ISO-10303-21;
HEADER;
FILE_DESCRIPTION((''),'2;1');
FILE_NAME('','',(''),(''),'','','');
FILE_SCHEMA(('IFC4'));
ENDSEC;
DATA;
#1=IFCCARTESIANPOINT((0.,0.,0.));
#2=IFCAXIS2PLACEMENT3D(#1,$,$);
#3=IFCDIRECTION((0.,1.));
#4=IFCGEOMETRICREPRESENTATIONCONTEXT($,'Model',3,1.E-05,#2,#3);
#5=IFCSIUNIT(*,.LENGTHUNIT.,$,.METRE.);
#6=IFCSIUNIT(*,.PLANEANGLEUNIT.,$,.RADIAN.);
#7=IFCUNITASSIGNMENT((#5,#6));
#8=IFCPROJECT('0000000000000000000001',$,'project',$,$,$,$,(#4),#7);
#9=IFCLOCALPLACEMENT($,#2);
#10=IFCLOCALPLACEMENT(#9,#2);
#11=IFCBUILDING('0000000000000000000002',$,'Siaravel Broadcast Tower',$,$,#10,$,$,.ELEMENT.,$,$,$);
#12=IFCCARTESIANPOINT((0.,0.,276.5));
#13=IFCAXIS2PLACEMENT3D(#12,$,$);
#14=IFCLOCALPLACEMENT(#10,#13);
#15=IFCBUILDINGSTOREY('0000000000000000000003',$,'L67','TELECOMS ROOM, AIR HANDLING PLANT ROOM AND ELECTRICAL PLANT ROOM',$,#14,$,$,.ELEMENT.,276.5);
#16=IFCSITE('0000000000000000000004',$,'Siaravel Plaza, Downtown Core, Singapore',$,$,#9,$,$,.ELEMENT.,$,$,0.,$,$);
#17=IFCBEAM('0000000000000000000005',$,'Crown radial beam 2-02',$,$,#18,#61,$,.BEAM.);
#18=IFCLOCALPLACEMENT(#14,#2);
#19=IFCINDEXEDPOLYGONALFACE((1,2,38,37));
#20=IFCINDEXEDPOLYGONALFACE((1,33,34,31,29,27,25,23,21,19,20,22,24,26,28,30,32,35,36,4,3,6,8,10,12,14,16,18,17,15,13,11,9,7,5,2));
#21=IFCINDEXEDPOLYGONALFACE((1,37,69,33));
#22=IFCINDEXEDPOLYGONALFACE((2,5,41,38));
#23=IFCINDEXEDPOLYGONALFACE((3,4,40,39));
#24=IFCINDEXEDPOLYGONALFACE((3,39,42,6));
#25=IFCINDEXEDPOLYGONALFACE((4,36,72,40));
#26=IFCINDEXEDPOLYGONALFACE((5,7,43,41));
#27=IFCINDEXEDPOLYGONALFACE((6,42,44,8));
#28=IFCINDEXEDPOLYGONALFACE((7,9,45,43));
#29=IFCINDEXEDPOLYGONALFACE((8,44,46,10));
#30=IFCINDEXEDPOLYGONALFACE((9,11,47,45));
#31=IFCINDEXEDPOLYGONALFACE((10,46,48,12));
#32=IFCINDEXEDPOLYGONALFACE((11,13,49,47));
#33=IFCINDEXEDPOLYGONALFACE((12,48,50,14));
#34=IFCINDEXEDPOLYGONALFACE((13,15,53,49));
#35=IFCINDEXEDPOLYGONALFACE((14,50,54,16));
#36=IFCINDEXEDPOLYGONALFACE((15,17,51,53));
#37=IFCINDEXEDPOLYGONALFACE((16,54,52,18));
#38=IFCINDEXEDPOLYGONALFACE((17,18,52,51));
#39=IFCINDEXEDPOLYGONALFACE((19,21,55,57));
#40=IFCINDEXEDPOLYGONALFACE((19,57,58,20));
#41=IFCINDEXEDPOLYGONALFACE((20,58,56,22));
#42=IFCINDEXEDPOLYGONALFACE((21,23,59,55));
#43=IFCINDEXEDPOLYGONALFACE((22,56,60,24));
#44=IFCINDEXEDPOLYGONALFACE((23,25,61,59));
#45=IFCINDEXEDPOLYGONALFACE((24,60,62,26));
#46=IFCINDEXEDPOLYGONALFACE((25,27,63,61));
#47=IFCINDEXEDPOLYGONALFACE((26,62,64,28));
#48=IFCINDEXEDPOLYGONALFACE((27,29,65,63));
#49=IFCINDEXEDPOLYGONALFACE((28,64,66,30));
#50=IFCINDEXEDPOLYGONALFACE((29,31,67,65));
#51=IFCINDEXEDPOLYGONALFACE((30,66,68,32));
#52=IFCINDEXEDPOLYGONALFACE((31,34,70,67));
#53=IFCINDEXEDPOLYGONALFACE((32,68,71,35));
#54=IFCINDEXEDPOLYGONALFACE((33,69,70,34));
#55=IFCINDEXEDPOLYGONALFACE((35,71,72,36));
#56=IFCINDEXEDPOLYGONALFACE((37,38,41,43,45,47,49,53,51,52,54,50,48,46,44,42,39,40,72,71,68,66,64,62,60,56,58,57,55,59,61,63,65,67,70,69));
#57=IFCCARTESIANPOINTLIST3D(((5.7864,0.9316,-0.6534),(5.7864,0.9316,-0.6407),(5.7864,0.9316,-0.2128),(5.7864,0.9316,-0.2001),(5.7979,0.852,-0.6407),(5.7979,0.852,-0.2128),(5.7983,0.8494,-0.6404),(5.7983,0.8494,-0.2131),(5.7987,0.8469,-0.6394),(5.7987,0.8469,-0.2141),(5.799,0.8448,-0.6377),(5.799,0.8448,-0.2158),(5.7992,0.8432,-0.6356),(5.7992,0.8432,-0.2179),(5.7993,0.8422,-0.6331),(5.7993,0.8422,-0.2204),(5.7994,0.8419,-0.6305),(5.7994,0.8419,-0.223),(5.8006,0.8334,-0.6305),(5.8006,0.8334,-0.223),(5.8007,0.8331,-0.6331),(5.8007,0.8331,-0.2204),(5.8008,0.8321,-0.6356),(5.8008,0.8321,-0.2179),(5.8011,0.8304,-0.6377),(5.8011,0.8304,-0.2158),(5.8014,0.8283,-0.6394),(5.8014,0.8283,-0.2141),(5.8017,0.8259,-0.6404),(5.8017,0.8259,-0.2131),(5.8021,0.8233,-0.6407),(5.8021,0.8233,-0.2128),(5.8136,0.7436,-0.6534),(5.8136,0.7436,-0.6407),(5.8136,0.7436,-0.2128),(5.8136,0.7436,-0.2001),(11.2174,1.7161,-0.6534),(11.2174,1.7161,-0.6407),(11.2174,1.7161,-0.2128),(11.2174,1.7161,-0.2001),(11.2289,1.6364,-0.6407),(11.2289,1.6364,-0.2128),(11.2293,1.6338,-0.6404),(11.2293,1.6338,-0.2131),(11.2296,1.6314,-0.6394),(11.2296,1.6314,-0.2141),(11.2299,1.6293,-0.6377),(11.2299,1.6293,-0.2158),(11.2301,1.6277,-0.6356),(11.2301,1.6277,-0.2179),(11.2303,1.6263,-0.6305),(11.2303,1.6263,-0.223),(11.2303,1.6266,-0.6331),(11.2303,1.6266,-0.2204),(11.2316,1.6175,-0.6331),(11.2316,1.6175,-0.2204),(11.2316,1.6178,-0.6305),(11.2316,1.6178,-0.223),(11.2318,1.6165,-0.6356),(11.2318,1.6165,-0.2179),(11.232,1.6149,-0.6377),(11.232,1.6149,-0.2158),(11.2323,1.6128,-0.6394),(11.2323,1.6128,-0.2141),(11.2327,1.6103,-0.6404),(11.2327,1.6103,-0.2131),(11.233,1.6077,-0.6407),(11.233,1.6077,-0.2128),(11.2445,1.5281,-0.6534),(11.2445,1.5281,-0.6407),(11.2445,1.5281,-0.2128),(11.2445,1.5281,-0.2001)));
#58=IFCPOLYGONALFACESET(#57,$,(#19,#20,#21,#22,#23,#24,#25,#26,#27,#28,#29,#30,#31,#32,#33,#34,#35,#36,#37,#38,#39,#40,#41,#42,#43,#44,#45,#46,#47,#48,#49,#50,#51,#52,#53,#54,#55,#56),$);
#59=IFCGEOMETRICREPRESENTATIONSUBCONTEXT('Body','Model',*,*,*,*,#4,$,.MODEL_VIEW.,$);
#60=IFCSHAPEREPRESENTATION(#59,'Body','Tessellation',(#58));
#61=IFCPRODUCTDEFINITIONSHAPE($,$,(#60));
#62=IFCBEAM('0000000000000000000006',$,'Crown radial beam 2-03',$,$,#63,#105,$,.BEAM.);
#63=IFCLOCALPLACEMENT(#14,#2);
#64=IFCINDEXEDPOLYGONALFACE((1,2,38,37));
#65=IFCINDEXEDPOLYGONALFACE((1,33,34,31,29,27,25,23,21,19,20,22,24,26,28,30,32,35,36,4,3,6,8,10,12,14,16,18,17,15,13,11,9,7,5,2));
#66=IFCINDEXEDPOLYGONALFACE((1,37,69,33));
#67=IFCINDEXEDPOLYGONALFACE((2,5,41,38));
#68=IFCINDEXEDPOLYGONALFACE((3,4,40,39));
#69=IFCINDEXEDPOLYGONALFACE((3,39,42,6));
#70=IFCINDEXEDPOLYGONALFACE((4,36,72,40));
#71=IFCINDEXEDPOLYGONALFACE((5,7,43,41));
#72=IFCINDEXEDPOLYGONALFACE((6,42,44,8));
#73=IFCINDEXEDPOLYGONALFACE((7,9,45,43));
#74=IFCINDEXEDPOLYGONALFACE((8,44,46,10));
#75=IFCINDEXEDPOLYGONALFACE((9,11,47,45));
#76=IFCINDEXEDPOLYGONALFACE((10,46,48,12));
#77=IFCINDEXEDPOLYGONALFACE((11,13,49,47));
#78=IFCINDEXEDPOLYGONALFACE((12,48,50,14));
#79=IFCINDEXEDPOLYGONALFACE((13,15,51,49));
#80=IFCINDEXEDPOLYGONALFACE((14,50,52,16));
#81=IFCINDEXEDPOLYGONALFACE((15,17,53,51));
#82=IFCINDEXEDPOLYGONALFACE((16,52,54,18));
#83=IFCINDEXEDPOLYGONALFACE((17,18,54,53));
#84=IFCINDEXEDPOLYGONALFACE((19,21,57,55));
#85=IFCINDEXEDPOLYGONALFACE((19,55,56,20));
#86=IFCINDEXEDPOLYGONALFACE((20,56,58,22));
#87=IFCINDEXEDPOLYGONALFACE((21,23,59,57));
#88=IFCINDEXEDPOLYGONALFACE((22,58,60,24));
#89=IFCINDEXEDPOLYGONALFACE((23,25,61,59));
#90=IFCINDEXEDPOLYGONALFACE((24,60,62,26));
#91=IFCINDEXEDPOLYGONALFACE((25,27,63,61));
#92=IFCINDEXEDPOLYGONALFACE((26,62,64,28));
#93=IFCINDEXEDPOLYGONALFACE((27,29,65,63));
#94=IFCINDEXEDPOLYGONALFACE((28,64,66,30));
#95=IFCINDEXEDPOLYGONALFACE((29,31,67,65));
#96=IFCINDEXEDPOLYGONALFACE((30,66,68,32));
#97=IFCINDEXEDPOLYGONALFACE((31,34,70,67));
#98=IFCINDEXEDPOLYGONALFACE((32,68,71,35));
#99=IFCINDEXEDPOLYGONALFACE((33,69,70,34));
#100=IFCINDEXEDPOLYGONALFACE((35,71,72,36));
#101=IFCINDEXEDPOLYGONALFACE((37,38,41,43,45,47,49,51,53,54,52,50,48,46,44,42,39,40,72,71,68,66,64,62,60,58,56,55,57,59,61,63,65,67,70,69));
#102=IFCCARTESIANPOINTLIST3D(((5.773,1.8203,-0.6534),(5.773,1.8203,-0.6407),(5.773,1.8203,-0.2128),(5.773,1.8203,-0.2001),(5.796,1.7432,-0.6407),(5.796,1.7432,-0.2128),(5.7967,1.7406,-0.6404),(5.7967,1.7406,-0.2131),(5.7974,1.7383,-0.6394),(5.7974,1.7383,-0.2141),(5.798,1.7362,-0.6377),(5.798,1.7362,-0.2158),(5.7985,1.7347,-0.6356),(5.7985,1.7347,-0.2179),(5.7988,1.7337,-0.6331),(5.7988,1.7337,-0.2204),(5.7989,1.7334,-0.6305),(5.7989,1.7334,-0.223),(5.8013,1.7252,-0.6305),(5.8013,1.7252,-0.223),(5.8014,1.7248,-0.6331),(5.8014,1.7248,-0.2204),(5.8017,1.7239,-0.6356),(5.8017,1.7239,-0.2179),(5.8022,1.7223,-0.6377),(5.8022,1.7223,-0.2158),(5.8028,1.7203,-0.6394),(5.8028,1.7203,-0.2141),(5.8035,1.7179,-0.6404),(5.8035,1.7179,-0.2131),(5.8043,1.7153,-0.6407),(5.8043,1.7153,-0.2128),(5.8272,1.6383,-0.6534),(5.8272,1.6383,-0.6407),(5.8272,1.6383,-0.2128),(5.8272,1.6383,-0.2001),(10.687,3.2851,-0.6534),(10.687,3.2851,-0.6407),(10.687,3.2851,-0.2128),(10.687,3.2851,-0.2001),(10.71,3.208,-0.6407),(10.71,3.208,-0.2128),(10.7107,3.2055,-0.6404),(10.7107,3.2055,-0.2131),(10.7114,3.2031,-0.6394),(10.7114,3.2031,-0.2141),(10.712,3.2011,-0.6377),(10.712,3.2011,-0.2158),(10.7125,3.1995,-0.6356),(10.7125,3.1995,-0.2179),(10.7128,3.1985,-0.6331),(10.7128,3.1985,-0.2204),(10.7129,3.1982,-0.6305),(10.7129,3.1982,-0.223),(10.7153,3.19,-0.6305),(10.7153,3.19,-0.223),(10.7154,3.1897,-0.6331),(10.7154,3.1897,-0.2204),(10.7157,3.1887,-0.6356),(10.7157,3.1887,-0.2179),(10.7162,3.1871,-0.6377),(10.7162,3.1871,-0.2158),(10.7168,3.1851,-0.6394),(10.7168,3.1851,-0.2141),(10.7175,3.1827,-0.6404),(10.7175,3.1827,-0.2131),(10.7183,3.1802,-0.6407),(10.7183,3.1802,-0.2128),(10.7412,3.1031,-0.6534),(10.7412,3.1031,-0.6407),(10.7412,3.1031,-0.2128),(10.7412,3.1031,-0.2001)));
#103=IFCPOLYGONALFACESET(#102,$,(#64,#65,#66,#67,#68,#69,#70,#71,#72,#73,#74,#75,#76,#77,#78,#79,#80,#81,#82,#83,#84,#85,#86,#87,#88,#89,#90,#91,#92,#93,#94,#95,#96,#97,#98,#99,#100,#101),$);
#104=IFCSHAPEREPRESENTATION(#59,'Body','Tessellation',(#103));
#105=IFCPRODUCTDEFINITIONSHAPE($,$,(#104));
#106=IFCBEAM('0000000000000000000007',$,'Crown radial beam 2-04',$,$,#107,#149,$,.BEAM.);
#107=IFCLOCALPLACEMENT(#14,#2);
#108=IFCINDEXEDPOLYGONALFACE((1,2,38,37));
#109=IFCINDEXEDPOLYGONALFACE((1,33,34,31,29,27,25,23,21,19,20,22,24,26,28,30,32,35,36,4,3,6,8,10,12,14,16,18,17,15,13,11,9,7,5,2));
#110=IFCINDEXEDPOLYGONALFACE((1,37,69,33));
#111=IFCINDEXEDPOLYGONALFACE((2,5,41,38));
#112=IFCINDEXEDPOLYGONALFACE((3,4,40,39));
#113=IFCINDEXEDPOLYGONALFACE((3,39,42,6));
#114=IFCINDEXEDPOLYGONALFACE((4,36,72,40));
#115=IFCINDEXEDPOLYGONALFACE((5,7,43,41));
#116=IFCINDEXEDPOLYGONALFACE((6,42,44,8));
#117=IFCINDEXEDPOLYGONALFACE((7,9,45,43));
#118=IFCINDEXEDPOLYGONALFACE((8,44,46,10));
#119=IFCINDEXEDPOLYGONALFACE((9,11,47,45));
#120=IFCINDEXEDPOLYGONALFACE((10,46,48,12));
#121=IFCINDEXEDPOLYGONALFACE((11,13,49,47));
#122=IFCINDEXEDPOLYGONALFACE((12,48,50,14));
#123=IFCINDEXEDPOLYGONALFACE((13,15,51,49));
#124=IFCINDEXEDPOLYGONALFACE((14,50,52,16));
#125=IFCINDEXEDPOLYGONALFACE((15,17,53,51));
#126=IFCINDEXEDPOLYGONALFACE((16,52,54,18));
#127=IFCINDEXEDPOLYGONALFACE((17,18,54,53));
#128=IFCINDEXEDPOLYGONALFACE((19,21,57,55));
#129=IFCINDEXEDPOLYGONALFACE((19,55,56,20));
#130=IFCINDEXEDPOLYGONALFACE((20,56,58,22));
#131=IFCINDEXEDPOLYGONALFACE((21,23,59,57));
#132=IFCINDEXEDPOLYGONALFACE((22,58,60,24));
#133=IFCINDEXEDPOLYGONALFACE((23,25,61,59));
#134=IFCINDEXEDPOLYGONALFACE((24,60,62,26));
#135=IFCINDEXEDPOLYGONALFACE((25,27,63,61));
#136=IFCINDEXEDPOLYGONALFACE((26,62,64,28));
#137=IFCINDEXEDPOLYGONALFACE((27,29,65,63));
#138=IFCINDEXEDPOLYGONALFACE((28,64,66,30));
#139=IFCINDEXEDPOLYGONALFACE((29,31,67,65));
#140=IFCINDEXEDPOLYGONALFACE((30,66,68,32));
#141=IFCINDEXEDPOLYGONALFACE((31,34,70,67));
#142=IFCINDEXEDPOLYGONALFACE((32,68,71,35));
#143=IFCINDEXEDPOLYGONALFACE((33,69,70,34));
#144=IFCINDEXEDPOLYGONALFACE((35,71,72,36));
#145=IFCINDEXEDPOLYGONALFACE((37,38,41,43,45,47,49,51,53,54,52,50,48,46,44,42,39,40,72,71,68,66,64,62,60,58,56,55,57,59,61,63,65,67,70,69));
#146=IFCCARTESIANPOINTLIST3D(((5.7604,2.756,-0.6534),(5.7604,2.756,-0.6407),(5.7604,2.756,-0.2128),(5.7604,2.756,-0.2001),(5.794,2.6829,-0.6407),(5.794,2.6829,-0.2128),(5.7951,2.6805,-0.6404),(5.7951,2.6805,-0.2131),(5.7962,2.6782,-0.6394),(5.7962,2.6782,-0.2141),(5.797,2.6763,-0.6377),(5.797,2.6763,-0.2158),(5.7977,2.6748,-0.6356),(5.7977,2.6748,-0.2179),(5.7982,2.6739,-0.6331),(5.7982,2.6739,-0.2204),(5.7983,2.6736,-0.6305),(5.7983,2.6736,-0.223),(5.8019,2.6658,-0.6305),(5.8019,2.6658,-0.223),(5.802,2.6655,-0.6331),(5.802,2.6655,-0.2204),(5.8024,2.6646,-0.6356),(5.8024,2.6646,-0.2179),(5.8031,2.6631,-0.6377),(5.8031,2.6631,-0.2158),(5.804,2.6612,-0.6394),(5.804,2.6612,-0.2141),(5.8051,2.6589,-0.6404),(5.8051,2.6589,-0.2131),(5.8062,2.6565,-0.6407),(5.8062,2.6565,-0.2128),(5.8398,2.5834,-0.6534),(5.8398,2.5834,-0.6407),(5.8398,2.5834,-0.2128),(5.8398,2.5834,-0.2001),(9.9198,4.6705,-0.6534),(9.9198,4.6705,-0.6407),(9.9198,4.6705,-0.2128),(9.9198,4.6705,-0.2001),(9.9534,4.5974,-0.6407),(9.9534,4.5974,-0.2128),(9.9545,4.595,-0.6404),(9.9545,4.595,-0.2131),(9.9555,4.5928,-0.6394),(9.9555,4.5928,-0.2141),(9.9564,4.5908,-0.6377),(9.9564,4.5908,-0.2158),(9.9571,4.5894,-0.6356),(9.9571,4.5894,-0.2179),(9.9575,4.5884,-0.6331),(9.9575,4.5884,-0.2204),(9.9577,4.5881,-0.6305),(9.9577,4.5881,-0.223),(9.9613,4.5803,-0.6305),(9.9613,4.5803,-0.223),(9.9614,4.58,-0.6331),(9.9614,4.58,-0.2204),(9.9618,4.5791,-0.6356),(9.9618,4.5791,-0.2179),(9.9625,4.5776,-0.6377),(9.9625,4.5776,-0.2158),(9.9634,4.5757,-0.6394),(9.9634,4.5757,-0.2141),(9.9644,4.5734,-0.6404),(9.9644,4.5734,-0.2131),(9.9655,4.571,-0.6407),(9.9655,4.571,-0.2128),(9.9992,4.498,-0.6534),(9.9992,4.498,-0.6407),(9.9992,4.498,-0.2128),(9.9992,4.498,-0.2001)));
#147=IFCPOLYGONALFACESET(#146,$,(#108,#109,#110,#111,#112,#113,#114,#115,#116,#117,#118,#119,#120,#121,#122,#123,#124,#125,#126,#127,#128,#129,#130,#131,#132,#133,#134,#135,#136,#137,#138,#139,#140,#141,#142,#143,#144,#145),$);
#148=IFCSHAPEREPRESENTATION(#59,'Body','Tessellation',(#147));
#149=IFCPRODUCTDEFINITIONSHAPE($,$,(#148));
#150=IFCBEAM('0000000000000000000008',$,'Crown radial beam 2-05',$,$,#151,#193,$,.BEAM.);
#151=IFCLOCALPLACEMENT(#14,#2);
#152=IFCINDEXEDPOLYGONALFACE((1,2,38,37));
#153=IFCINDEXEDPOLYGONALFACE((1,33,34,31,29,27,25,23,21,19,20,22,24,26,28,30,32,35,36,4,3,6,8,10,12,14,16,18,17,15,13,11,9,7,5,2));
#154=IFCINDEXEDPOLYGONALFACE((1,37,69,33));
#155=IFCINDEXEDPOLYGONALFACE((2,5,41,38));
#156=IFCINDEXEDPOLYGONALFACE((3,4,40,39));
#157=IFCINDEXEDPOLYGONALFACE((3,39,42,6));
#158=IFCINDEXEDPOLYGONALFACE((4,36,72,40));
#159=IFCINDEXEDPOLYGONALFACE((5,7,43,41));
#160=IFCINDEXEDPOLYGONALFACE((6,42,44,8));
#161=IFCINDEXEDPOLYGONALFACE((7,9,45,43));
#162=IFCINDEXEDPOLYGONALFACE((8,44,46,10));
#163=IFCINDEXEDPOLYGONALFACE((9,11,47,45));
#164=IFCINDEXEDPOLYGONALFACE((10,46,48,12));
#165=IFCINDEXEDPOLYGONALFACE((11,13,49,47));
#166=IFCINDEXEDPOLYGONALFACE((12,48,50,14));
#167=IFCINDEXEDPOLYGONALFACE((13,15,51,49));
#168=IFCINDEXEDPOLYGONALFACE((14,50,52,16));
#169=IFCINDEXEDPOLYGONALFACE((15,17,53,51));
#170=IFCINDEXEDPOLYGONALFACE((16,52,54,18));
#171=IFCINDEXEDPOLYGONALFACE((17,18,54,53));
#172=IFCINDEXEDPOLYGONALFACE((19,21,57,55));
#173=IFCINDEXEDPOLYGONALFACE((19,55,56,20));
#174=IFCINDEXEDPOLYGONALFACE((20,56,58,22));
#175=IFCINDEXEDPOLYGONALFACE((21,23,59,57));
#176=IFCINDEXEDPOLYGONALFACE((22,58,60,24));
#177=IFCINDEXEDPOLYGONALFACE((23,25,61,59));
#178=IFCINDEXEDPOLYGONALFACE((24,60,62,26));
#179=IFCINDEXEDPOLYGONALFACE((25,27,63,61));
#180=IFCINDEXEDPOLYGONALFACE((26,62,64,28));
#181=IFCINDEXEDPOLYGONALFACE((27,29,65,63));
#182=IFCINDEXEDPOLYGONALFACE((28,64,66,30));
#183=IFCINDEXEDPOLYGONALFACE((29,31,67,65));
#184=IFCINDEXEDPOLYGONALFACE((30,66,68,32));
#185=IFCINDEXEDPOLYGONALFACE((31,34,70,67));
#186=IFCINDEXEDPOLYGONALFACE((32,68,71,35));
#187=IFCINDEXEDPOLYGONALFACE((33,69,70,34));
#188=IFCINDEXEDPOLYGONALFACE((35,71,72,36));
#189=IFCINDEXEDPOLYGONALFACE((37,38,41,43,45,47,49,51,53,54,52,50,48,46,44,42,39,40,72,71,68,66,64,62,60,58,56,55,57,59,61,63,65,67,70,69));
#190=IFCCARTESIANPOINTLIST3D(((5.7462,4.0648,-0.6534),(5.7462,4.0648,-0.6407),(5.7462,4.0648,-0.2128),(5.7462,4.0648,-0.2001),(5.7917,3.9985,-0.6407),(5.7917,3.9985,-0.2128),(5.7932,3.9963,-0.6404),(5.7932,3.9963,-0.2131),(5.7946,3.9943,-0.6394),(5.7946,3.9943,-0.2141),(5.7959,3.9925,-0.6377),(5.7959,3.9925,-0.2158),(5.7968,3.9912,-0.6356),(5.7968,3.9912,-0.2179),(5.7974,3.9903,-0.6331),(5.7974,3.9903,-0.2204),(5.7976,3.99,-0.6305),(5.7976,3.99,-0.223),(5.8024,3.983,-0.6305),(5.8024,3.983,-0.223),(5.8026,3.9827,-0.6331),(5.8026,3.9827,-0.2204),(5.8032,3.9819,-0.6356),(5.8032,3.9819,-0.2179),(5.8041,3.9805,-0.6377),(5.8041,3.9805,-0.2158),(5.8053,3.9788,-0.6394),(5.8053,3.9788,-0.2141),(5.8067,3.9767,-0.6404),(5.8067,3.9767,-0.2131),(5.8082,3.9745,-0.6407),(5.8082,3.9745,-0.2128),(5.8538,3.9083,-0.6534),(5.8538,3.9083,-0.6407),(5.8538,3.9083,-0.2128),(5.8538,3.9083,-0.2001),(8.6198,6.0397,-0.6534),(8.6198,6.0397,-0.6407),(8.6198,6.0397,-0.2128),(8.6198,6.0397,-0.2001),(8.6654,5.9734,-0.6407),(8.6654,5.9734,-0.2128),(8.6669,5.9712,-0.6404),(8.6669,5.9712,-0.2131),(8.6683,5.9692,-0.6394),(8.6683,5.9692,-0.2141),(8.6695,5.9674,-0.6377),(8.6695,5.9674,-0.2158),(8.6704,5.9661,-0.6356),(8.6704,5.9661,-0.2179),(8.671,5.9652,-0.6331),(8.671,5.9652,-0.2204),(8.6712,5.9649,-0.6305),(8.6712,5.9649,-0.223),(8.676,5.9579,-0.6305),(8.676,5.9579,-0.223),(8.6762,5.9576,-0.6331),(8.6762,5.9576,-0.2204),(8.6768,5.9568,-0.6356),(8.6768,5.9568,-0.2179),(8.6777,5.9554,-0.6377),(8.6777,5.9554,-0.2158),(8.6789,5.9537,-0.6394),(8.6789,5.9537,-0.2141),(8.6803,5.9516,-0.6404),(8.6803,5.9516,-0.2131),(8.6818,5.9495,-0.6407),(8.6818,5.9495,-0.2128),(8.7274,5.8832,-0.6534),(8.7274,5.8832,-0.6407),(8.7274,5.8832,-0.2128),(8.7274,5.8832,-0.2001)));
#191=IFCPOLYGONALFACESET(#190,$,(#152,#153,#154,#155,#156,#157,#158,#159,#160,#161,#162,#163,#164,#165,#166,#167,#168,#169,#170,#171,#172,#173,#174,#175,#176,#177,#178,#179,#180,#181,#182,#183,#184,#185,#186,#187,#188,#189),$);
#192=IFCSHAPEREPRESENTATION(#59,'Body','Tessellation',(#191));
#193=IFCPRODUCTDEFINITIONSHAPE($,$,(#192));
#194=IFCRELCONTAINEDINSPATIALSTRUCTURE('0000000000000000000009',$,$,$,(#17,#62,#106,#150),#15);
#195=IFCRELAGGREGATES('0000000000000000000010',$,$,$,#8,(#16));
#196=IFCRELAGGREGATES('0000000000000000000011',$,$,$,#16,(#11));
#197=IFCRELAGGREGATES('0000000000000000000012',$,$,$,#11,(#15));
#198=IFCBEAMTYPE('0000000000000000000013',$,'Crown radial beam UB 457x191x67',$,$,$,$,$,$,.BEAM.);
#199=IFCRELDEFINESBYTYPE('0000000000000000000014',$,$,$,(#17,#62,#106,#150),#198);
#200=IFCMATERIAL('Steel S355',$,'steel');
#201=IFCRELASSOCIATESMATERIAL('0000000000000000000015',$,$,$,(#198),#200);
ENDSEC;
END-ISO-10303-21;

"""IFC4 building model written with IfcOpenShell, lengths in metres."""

from ifc_helpers import new_model, si_unit, direction, frame, origin, origin_2d, place, context, subcontext, project, spatial, i_section, extrude, material, material_profile, profile_set, type_object, element, save


model = new_model("IFC4")

# Units and contexts
model_context = context("Model", 3, precision=1e-05, world=origin(), true_north=direction((0.0, 1.0)))
body_context = subcontext(model_context, "Body", "Model", "MODEL_VIEW")
ifc_project = project(units=[si_unit("LENGTHUNIT", "METRE"), si_unit("PLANEANGLEUNIT", "RADIAN")], contexts=[model_context])

# Site, building, storey
site_placement = place(None, origin())
site = spatial("IfcSite", under=ifc_project, at=site_placement, Name="Siaravel Plaza, Downtown Core, Singapore", CompositionType="ELEMENT", RefElevation=0.0)
building_placement = place(site_placement, origin())
building = spatial("IfcBuilding", under=site, at=building_placement, Name="Siaravel Broadcast Tower", CompositionType="ELEMENT")
storey_placement = place(building_placement, frame((0.0, 0.0, 276.5)))
storey = spatial("IfcBuildingStorey", under=building, at=storey_placement, Name="L67", Description="TELECOMS ROOM, AIR HANDLING PLANT ROOM AND ELECTRICAL PLANT ROOM", CompositionType="ELEMENT", Elevation=276.5)

# Beams
ifc_material_1 = material(Name="Steel S355", Category="steel")
ifc_material_profile_1 = material_profile(ifc_material_1, i_section(OverallWidth=0.1899, OverallDepth=0.4534, WebThickness=0.0085, FlangeThickness=0.0127, FilletRadius=0.0103, at=origin_2d()))
ifc_profile_set_1 = profile_set([ifc_material_profile_1], Name="Steel S355")
beam_type_1 = type_object("IfcBeamType", Name="Crown radial beam UB 457x191x67", PredefinedType="BEAM", material=ifc_profile_set_1)
beam_1_placement = place(storey_placement, frame((11.231, 1.6221, -0.4268), z_axis=(-0.989729, -0.142953, 0.0), x_axis=(0.142953, -0.989729, 0.0)))
element("IfcBeam", 1, at=beam_1_placement, inside=storey, type_object=beam_type_1, Name="Crown radial beam 2-02", PredefinedType="BEAM", context=body_context, shape_type="SweptSolid", body=[
    extrude(i_section(OverallWidth=0.1899, OverallDepth=0.4534, WebThickness=0.0085, FlangeThickness=0.0127, FilletRadius=0.0103, at=origin_2d()), origin(), (0.0, 0.0, 1.0), 5.4873),
])
beam_2_placement = place(storey_placement, frame((10.7141, 3.1941, -0.4268), z_axis=(-0.958328, -0.28567, 0.0), x_axis=(0.28567, -0.958328, 0.0)))
element("IfcBeam", 2, at=beam_2_placement, inside=storey, type_object=beam_type_1, Name="Crown radial beam 2-03", PredefinedType="BEAM", context=body_context, shape_type="SweptSolid", body=[
    extrude(i_section(OverallWidth=0.1899, OverallDepth=0.4534, WebThickness=0.0085, FlangeThickness=0.0127, FilletRadius=0.0103, at=origin_2d()), origin(), (0.0, 0.0, 1.0), 5.1277),
])
beam_3_placement = place(storey_placement, frame((9.9595, 4.5842, -0.4268), z_axis=(-0.90839, -0.418125, 0.0), x_axis=(0.418125, -0.90839, 0.0)))
element("IfcBeam", 3, at=beam_3_placement, inside=storey, type_object=beam_type_1, Name="Crown radial beam 2-04", PredefinedType="BEAM", context=body_context, shape_type="SweptSolid", body=[
    extrude(i_section(OverallWidth=0.1899, OverallDepth=0.4534, WebThickness=0.0085, FlangeThickness=0.0127, FilletRadius=0.0103, at=origin_2d()), origin(), (0.0, 0.0, 1.0), 4.5789),
])
beam_4_placement = place(storey_placement, frame((8.6736, 5.9614, -0.4268), z_axis=(-0.824136, -0.566392, 0.0), x_axis=(0.566392, -0.824136, 0.0)))
element("IfcBeam", 4, at=beam_4_placement, inside=storey, type_object=beam_type_1, Name="Crown radial beam 2-05", PredefinedType="BEAM", context=body_context, shape_type="SweptSolid", body=[
    extrude(i_section(OverallWidth=0.1899, OverallDepth=0.4534, WebThickness=0.0085, FlangeThickness=0.0127, FilletRadius=0.0103, at=origin_2d()), origin(), (0.0, 0.0, 1.0), 3.4868),
])

save(model, "model.ifc")
